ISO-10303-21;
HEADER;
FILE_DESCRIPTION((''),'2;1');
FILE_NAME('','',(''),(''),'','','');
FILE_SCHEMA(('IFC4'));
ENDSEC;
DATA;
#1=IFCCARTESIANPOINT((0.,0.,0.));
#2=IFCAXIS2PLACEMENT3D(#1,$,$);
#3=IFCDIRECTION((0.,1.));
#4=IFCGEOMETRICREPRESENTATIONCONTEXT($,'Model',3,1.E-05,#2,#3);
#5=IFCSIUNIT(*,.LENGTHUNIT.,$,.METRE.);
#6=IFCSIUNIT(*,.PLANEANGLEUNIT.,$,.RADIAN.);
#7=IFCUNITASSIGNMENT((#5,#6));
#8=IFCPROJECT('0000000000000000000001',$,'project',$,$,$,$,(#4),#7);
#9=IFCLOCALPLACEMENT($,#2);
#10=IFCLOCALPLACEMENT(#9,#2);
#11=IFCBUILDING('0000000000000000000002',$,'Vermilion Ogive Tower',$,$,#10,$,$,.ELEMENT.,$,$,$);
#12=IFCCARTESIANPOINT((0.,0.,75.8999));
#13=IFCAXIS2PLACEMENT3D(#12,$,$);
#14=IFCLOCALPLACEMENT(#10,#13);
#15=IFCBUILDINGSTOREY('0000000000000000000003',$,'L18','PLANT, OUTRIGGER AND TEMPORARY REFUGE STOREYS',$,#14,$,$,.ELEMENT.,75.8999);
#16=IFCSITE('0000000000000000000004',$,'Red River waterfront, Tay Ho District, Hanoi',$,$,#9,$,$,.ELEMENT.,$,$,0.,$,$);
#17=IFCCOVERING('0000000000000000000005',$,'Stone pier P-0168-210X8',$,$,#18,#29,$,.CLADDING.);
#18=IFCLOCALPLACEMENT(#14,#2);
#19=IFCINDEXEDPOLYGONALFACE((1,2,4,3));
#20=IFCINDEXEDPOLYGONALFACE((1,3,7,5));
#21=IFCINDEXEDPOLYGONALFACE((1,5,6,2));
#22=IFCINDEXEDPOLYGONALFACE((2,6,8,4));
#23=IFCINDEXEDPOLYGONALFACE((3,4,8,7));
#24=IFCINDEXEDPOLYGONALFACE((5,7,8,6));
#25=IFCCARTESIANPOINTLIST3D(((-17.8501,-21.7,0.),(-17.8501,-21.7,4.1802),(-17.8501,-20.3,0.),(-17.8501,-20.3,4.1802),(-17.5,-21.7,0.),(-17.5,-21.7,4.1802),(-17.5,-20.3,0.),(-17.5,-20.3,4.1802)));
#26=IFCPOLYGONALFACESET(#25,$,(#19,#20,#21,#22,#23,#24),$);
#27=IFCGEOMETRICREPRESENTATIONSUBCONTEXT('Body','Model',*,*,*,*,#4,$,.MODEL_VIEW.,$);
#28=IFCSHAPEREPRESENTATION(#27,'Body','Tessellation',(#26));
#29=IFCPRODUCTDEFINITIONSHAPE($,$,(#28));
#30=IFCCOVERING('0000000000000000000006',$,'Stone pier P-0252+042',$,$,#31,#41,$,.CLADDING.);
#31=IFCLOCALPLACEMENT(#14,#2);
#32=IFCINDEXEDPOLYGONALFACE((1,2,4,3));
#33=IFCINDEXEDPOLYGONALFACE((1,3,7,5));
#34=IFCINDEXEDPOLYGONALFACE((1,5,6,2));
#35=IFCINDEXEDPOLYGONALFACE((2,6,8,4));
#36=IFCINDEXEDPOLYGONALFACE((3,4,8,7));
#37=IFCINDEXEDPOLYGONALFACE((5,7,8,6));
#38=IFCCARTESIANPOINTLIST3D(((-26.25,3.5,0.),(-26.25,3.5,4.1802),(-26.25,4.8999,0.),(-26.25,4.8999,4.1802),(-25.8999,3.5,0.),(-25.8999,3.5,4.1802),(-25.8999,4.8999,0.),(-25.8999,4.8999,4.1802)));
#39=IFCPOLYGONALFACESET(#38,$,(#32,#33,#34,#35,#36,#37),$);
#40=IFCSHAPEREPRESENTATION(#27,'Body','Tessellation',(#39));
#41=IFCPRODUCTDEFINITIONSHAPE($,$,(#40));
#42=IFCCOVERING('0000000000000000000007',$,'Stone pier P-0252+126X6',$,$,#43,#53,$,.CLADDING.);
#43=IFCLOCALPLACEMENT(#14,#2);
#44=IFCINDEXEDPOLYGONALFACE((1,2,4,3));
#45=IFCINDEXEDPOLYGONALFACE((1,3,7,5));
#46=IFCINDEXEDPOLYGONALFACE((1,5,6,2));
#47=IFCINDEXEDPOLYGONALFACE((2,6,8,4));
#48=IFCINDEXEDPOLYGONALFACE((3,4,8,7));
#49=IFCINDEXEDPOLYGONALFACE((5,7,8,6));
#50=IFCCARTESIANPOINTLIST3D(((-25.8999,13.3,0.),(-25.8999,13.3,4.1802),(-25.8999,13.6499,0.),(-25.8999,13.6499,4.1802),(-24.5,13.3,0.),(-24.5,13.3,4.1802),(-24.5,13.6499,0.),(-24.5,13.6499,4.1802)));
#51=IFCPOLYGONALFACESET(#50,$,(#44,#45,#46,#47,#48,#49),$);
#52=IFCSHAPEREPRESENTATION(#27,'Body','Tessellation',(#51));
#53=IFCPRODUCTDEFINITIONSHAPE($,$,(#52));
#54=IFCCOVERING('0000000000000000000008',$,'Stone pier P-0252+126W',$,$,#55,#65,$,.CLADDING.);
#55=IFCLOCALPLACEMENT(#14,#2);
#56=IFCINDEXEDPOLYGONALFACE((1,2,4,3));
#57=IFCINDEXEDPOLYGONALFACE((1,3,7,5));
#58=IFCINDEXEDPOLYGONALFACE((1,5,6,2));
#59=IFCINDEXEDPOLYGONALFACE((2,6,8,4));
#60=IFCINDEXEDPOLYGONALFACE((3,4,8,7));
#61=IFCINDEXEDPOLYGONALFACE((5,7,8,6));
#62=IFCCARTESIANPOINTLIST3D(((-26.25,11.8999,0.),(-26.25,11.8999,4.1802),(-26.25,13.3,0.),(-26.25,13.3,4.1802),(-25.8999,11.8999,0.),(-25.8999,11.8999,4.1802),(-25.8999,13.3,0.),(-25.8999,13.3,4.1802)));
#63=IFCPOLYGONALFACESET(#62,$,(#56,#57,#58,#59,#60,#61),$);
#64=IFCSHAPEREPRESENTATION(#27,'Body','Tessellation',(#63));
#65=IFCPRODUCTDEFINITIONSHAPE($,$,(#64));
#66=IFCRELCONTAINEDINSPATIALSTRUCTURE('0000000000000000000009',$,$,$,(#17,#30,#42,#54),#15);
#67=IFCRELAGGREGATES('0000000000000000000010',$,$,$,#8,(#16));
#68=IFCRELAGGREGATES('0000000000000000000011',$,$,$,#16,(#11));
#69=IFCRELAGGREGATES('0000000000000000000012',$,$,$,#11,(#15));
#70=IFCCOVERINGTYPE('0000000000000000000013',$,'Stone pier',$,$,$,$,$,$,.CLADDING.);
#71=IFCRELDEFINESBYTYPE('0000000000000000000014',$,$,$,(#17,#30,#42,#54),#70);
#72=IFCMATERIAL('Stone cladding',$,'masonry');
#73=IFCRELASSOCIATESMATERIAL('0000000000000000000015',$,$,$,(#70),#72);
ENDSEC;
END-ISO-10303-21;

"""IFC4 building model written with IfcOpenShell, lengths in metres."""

from ifc_helpers import new_model, si_unit, direction, frame, origin, place, context, subcontext, project, spatial, polyline, outline, extrude, material, type_object, element, save


model = new_model("IFC4")

# Units and contexts
model_context = context("Model", 3, precision=1e-05, world=origin(), true_north=direction((0.0, 1.0)))
body_context = subcontext(model_context, "Body", "Model", "MODEL_VIEW")
ifc_project = project(units=[si_unit("LENGTHUNIT", "METRE"), si_unit("PLANEANGLEUNIT", "RADIAN")], contexts=[model_context])

# Site, building, storey
site_placement = place(None, origin())
site = spatial("IfcSite", under=ifc_project, at=site_placement, Name="Red River waterfront, Tay Ho District, Hanoi", CompositionType="ELEMENT", RefElevation=0.0)
building_placement = place(site_placement, origin())
building = spatial("IfcBuilding", under=site, at=building_placement, Name="Vermilion Ogive Tower", CompositionType="ELEMENT")
storey_placement = place(building_placement, frame((0.0, 0.0, 75.8999)))
storey = spatial("IfcBuildingStorey", under=building, at=storey_placement, Name="L18", Description="PLANT, OUTRIGGER AND TEMPORARY REFUGE STOREYS", CompositionType="ELEMENT", Elevation=75.8999)

# Coverings
ifc_material_1 = material(Name="Stone cladding", Category="masonry")
covering_type = type_object("IfcCoveringType", Name="Stone pier", PredefinedType="CLADDING", material=ifc_material_1)
covering_1_placement = place(storey_placement, origin())
element("IfcCovering", 1, at=covering_1_placement, inside=storey, type_object=covering_type, Name="Stone pier P-0168-210X8", PredefinedType="CLADDING", context=body_context, shape_type="SweptSolid", body=[
    extrude(outline(polyline([(-17.8501, -20.3), (-17.5, -20.3), (-17.5, -21.7), (-17.8501, -21.7), (-17.8501, -20.3)])), origin(), (0.0, 0.0, 1.0), 4.1802),
])
covering_2_placement = place(storey_placement, origin())
element("IfcCovering", 2, at=covering_2_placement, inside=storey, type_object=covering_type, Name="Stone pier P-0252+042", PredefinedType="CLADDING", context=body_context, shape_type="SweptSolid", body=[
    extrude(outline(polyline([(-26.25, 3.5), (-26.25, 4.8999), (-25.8999, 4.8999), (-25.8999, 3.5), (-26.25, 3.5)])), origin(), (0.0, 0.0, 1.0), 4.1802),
])
covering_3_placement = place(storey_placement, origin())
element("IfcCovering", 3, at=covering_3_placement, inside=storey, type_object=covering_type, Name="Stone pier P-0252+126X6", PredefinedType="CLADDING", context=body_context, shape_type="SweptSolid", body=[
    extrude(outline(polyline([(-25.8999, 13.3), (-25.8999, 13.6499), (-24.5, 13.6499), (-24.5, 13.3), (-24.5, 13.3), (-25.8999, 13.3)])), origin(), (0.0, 0.0, 1.0), 4.1802),
])
covering_4_placement = place(storey_placement, origin())
element("IfcCovering", 4, at=covering_4_placement, inside=storey, type_object=covering_type, Name="Stone pier P-0252+126W", PredefinedType="CLADDING", context=body_context, shape_type="SweptSolid", body=[
    extrude(outline(polyline([(-26.25, 13.3), (-25.8999, 13.3), (-25.8999, 11.8999), (-26.25, 11.8999), (-26.25, 13.3)])), origin(), (0.0, 0.0, 1.0), 4.1802),
])

save(model, "model.ifc")
